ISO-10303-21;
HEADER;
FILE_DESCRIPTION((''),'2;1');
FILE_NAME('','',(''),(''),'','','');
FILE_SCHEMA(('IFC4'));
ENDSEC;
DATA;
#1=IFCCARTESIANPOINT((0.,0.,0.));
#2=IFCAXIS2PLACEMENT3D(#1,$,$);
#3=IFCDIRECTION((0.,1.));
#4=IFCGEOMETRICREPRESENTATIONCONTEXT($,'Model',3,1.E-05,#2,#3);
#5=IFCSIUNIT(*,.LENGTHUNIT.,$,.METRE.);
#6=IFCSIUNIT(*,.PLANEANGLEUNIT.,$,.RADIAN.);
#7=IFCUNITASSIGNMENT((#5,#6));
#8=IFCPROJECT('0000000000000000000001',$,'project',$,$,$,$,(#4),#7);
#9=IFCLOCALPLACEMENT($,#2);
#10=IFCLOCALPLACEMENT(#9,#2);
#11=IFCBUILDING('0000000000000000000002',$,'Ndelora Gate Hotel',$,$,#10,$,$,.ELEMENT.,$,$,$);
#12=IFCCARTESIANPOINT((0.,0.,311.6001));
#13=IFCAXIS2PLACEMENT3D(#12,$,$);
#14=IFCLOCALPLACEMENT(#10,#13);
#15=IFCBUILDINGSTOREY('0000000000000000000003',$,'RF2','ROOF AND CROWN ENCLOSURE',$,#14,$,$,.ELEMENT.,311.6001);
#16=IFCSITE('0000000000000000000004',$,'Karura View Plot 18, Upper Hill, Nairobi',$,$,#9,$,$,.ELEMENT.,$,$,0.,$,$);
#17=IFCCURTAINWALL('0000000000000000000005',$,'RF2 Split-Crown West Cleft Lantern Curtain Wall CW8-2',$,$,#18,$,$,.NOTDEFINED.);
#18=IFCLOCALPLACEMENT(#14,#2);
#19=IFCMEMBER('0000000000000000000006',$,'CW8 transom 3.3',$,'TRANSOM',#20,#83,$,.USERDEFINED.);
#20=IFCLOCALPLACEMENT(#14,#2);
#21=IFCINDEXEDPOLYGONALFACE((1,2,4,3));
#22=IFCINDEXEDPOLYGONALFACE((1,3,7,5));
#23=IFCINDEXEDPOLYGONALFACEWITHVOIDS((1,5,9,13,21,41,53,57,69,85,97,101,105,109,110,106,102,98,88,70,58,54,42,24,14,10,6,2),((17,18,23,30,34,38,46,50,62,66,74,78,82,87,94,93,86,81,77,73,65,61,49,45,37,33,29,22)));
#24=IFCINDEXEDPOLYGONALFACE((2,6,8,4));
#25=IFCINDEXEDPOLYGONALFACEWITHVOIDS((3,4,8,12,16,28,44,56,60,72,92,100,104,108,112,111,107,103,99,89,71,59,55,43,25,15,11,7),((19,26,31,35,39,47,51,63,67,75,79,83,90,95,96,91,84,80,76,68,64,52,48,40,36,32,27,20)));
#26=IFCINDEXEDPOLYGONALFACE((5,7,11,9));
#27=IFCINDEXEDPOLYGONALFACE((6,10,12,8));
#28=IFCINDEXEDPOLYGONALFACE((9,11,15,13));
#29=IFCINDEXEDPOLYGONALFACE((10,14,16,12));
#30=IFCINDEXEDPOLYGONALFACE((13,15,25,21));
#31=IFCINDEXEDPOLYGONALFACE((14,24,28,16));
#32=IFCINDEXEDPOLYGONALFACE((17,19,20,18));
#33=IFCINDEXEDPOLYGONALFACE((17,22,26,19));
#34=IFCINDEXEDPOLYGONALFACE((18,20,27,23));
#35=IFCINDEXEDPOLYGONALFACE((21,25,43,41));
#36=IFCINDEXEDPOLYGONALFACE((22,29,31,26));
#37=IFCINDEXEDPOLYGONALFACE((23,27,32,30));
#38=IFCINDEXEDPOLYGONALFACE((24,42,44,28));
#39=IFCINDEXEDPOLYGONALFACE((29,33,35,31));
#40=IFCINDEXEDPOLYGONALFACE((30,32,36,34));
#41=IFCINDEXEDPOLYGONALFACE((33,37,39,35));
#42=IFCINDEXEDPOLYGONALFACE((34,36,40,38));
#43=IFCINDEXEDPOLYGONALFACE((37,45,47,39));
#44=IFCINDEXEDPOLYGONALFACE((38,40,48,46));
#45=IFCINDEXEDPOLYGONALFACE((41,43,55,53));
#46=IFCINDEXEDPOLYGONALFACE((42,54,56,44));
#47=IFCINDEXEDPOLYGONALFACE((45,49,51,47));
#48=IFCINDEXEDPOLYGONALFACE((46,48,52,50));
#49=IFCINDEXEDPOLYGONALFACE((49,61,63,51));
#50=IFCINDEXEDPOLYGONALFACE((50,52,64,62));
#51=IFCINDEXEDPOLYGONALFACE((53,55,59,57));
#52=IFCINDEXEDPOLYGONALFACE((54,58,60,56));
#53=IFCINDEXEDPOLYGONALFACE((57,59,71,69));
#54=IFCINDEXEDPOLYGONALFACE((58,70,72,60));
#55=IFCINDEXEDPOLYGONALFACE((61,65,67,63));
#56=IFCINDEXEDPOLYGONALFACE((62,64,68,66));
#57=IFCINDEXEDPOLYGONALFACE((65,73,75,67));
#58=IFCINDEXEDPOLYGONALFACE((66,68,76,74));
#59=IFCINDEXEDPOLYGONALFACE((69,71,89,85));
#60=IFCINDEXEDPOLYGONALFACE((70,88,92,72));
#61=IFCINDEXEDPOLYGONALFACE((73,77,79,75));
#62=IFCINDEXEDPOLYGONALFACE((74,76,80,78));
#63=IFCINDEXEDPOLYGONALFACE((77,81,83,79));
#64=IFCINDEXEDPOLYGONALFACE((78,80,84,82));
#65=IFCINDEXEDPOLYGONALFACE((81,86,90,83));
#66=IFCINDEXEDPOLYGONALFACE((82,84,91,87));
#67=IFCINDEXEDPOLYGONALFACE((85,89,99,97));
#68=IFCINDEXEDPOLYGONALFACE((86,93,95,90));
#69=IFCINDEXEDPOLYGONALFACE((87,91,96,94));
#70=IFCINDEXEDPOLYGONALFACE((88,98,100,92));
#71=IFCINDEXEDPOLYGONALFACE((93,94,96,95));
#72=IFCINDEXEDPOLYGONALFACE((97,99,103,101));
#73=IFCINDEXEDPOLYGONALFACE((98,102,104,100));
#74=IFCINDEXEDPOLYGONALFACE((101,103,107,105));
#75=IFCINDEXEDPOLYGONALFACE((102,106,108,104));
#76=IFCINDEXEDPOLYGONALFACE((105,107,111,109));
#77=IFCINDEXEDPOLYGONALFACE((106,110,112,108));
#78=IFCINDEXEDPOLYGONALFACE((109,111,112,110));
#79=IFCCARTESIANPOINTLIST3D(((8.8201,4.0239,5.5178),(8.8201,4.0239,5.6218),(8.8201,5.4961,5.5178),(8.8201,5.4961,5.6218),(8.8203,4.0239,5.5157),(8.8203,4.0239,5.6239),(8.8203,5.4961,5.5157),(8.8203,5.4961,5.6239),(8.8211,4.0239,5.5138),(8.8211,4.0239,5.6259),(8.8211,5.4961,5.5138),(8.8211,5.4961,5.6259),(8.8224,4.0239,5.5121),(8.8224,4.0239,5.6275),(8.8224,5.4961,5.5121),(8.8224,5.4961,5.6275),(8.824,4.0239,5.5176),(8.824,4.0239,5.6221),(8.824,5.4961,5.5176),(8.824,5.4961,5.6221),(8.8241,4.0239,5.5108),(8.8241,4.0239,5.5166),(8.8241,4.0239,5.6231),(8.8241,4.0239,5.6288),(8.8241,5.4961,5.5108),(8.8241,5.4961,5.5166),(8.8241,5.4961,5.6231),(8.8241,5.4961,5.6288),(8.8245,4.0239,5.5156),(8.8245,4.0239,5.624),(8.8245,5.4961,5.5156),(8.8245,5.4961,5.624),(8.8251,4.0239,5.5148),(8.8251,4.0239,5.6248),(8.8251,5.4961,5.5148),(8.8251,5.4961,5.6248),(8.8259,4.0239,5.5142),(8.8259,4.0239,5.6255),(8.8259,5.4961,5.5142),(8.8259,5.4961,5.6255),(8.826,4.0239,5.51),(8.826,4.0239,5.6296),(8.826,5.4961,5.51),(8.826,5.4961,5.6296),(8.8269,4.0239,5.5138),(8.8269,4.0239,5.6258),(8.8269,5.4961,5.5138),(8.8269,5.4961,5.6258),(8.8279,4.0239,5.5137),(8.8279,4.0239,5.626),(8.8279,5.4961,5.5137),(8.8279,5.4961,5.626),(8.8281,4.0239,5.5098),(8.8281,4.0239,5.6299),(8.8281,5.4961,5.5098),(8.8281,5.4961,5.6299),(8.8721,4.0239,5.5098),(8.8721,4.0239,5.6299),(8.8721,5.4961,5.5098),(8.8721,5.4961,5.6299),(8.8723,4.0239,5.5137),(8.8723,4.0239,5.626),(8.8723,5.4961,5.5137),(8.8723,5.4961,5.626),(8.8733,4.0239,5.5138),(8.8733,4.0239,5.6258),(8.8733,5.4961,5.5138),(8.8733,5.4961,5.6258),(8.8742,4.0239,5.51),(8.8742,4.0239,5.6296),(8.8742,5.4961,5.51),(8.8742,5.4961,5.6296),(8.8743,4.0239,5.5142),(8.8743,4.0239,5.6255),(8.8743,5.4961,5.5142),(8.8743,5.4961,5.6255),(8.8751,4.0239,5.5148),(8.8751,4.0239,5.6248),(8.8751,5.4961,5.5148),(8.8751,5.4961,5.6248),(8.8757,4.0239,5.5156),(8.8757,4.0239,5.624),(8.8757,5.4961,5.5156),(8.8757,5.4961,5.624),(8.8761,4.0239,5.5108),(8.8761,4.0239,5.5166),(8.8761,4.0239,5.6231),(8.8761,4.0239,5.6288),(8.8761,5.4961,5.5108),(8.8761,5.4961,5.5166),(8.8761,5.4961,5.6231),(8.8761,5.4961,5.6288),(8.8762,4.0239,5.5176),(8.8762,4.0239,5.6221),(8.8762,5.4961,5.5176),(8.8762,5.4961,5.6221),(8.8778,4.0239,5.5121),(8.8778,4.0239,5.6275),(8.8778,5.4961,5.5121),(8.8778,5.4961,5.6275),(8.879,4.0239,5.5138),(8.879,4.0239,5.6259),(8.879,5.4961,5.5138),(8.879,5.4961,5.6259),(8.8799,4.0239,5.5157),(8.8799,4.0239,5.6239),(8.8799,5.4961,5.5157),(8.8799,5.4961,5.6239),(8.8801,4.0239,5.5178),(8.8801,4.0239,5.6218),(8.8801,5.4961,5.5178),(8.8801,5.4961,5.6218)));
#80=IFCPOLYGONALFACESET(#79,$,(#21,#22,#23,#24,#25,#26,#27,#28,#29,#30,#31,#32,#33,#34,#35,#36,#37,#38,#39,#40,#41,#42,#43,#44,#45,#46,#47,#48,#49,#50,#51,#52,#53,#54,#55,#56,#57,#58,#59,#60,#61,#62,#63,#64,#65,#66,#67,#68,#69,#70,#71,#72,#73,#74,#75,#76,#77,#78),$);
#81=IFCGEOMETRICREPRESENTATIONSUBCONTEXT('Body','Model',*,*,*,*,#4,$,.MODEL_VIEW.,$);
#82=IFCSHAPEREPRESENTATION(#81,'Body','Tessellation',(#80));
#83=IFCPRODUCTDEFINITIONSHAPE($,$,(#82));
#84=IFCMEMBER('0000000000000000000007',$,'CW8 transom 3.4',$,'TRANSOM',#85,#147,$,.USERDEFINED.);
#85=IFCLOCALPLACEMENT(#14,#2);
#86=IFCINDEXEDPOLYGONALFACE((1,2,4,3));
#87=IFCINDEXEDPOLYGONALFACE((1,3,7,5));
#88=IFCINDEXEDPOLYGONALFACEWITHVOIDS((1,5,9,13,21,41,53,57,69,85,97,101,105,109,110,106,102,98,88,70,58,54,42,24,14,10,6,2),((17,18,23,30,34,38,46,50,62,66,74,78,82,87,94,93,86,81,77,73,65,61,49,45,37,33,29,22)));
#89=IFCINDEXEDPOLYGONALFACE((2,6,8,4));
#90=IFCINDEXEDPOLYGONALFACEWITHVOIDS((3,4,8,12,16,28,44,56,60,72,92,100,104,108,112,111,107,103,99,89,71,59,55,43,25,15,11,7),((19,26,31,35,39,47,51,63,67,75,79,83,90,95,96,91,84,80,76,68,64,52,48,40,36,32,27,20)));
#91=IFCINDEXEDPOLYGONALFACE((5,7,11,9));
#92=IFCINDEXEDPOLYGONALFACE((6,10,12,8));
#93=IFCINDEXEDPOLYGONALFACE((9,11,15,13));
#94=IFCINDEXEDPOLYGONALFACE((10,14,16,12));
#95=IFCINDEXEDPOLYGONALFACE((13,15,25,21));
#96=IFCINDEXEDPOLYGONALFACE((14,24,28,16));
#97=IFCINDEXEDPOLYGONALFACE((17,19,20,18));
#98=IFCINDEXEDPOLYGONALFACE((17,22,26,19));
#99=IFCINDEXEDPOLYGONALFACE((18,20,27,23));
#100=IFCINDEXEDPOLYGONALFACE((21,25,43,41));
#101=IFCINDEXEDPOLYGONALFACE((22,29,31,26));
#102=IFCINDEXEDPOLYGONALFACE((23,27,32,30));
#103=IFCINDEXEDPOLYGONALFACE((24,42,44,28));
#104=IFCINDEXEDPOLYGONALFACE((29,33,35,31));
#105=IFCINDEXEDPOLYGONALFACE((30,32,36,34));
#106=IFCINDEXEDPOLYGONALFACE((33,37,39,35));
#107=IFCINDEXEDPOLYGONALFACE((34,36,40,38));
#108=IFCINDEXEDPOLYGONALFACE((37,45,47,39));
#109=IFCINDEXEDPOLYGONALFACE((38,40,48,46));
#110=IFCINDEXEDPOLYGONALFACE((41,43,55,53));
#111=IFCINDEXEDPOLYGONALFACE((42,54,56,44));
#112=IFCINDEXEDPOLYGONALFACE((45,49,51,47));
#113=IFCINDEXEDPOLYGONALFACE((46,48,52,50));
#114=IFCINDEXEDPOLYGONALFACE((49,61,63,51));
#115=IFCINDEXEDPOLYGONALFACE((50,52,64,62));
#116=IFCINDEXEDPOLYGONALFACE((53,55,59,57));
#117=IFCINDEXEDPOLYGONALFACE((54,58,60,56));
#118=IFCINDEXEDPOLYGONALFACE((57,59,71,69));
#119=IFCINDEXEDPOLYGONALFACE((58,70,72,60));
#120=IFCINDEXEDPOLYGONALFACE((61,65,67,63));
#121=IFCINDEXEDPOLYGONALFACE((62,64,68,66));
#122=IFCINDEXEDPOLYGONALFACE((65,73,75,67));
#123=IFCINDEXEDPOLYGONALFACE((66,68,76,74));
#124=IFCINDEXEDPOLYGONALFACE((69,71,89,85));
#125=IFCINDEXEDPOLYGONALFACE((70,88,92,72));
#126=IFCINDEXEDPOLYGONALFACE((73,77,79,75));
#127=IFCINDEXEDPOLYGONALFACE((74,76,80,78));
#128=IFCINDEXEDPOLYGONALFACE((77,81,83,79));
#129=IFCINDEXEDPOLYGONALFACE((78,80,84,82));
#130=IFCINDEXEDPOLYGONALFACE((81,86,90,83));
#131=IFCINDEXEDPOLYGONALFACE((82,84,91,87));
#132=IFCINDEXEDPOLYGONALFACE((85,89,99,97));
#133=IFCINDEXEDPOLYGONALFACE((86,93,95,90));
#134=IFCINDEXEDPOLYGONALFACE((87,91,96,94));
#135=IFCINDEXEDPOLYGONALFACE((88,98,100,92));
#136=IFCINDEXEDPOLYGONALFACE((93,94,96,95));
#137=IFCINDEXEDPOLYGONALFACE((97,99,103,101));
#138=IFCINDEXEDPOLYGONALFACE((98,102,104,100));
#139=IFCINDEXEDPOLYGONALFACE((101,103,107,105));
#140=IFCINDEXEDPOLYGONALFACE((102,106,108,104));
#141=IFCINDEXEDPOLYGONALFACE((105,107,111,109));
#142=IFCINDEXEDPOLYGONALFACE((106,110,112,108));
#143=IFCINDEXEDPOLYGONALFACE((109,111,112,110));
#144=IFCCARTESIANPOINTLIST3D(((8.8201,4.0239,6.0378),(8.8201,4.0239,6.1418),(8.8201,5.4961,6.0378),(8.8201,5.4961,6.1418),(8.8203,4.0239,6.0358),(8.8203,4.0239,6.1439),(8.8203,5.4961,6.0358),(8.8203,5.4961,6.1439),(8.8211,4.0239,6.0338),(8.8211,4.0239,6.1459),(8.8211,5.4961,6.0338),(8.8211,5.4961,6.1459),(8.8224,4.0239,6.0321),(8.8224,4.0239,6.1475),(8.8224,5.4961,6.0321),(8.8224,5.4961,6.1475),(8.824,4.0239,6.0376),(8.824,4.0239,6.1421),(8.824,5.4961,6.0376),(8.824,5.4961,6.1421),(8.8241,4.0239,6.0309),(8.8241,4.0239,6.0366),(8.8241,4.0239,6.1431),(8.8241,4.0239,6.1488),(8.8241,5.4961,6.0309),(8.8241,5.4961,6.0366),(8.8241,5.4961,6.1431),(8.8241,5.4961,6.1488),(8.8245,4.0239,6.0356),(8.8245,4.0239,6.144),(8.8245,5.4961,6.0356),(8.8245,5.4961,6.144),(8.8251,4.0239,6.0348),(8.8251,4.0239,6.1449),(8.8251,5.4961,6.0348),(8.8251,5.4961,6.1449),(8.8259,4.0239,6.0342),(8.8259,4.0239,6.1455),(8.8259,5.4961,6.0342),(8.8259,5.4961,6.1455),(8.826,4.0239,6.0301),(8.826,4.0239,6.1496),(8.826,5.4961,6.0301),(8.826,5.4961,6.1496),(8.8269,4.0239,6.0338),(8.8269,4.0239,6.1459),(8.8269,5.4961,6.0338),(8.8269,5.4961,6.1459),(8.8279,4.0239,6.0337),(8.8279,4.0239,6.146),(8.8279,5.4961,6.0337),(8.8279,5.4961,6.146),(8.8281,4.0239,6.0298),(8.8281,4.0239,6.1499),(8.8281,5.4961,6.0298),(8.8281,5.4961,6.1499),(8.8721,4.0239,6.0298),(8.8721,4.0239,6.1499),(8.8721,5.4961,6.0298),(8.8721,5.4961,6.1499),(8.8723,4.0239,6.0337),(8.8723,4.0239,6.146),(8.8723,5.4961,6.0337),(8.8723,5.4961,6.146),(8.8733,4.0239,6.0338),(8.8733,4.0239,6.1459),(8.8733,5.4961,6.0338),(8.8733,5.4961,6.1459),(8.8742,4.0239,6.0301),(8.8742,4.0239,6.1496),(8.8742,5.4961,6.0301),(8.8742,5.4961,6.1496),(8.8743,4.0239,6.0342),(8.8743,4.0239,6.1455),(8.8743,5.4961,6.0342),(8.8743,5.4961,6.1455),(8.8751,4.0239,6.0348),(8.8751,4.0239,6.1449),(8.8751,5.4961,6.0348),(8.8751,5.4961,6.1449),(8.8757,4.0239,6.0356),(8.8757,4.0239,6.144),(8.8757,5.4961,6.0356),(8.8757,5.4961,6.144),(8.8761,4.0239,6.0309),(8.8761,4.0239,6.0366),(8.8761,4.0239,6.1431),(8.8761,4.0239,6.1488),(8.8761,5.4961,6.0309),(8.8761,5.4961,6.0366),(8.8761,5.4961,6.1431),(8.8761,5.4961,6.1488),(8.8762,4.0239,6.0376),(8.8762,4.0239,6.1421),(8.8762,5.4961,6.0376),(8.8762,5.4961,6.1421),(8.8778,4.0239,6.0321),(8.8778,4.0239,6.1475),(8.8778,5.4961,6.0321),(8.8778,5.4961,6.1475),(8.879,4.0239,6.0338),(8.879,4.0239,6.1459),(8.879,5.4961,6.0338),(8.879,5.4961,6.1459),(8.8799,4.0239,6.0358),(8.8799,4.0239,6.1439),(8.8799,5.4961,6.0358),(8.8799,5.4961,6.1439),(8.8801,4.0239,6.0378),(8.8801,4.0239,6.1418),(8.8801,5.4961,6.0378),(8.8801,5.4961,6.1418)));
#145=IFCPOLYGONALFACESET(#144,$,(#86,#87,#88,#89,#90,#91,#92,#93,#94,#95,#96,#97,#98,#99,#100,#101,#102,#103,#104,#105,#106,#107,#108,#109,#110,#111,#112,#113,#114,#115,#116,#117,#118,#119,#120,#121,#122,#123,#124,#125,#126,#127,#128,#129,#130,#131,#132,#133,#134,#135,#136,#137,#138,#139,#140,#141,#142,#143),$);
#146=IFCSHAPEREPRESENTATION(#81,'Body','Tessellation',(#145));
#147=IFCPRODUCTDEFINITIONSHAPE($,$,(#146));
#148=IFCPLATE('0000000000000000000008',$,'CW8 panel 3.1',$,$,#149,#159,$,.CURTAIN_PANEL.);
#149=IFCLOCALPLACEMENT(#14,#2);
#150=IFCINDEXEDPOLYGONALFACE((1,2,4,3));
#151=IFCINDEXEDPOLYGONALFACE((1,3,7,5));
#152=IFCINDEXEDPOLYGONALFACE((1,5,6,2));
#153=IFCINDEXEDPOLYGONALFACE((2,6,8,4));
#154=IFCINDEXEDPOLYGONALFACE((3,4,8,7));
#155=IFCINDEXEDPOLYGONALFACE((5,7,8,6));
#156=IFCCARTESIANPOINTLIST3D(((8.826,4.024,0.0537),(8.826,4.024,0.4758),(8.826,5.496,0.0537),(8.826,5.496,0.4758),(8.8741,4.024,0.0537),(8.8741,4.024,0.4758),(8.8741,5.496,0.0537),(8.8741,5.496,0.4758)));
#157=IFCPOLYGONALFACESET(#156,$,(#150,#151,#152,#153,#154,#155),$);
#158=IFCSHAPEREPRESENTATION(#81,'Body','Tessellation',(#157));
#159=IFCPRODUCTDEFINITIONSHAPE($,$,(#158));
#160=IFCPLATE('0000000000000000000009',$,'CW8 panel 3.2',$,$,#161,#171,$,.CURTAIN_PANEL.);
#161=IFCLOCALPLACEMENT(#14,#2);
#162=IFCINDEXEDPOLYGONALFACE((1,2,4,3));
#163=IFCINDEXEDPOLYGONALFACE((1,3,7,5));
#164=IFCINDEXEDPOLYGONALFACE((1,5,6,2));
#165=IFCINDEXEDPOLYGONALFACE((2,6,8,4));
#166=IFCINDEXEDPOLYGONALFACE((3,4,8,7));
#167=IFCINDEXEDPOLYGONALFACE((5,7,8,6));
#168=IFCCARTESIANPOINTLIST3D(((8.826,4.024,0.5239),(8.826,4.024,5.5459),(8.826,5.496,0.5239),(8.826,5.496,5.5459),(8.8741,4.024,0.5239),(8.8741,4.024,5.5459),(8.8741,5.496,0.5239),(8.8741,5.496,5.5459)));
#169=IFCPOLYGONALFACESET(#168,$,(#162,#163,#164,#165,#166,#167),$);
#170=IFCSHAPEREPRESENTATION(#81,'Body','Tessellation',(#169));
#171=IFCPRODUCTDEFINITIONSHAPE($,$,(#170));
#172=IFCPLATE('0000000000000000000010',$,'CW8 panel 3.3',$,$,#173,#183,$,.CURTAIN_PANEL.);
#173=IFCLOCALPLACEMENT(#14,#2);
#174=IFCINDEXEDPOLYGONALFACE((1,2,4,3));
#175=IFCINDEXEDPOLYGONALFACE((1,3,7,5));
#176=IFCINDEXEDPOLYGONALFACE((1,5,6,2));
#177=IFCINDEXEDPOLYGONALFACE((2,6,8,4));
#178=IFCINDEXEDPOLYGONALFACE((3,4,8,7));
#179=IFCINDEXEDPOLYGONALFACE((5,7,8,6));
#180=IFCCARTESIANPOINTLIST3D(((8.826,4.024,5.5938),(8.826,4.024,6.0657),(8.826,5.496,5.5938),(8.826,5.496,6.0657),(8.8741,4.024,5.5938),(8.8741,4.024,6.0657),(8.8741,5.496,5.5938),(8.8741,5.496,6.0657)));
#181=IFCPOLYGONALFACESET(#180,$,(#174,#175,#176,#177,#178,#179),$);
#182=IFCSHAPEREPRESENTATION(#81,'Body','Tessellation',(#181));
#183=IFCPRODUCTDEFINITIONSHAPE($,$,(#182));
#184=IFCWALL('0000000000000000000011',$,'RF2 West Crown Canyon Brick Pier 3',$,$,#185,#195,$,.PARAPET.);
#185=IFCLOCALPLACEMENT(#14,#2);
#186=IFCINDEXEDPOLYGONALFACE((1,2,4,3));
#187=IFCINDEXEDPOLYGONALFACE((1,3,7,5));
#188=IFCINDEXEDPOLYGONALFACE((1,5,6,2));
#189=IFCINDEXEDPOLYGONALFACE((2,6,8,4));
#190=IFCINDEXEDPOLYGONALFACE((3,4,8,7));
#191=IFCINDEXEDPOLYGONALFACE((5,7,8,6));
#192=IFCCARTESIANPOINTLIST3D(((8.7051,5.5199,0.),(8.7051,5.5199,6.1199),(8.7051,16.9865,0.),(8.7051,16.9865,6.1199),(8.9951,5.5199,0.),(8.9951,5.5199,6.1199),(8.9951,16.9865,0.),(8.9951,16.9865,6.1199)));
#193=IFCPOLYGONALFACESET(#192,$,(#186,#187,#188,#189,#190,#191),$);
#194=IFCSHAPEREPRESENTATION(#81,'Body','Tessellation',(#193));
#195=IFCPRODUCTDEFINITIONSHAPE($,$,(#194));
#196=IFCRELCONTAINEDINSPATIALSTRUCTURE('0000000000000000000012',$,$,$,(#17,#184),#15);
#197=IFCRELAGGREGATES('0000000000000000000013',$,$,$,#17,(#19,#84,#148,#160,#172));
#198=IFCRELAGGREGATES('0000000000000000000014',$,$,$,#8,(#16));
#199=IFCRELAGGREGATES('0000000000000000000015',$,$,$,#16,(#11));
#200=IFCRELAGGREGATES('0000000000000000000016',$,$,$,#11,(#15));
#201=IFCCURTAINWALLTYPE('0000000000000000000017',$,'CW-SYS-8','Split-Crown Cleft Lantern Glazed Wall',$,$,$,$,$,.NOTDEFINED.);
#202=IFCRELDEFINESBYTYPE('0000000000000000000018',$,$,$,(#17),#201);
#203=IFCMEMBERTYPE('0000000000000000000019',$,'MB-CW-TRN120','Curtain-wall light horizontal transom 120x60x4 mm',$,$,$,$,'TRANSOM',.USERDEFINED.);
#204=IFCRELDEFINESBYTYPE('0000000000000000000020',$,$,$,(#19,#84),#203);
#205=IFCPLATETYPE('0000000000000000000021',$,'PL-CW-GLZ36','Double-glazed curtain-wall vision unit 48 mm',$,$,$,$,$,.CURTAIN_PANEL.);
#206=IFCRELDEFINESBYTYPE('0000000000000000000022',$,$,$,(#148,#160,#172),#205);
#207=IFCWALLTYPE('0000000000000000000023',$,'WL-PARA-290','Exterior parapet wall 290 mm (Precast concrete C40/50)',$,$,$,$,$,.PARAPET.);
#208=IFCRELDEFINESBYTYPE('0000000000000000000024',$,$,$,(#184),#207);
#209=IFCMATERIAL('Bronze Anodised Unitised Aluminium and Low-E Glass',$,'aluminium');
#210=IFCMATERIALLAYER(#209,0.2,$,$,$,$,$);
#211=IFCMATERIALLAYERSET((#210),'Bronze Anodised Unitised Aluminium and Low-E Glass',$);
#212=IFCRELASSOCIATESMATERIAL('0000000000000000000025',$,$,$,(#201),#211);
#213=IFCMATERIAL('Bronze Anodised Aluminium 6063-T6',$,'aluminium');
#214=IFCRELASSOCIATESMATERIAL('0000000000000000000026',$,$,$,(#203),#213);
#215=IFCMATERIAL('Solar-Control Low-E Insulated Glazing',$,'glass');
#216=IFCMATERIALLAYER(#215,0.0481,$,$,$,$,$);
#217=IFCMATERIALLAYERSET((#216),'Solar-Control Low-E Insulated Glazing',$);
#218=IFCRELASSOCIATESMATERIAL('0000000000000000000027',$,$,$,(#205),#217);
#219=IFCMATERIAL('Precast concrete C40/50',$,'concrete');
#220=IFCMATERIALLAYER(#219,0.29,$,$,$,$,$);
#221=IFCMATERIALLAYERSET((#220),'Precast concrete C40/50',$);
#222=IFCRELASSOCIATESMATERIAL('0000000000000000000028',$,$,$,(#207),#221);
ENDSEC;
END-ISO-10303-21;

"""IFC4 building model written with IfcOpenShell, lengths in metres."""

from ifc_helpers import new_model, si_unit, direction, frame, frame_2d, origin, origin_2d, place, context, subcontext, project, spatial, rectangle, hollow_rectangle, extrude, material, layer, layer_set, material_profile, profile_set, type_object, element, aggregate, save


model = new_model("IFC4")

# Units and contexts
model_context = context("Model", 3, precision=1e-05, world=origin(), true_north=direction((0.0, 1.0)))
body_context = subcontext(model_context, "Body", "Model", "MODEL_VIEW")
ifc_project = project(units=[si_unit("LENGTHUNIT", "METRE"), si_unit("PLANEANGLEUNIT", "RADIAN")], contexts=[model_context])

# Site, building, storey
site_placement = place(None, origin())
site = spatial("IfcSite", under=ifc_project, at=site_placement, Name="Karura View Plot 18, Upper Hill, Nairobi", CompositionType="ELEMENT", RefElevation=0.0)
building_placement = place(site_placement, origin())
building = spatial("IfcBuilding", under=site, at=building_placement, Name="Ndelora Gate Hotel", CompositionType="ELEMENT")
storey_placement = place(building_placement, frame((0.0, 0.0, 311.6001)))
storey = spatial("IfcBuildingStorey", under=building, at=storey_placement, Name="RF2", Description="ROOF AND CROWN ENCLOSURE", CompositionType="ELEMENT", Elevation=311.6001)

# Curtain wall, members, plates
ifc_material_1 = material(Name="Bronze Anodised Unitised Aluminium and Low-E Glass", Category="aluminium")
ifc_layer_1 = layer(ifc_material_1, 0.2)
ifc_layer_set_1 = layer_set([ifc_layer_1], Name="Bronze Anodised Unitised Aluminium and Low-E Glass")
curtain_wall_type = type_object("IfcCurtainWallType", Name="CW-SYS-8", Description="Split-Crown Cleft Lantern Glazed Wall", PredefinedType="NOTDEFINED", material=ifc_layer_set_1)
curtain_wall_placement = place(storey_placement, origin())
curtain_wall = element("IfcCurtainWall", 1, at=curtain_wall_placement, inside=storey, type_object=curtain_wall_type, Name="RF2 Split-Crown West Cleft Lantern Curtain Wall CW8-2", PredefinedType="NOTDEFINED")
ifc_material_2 = material(Name="Bronze Anodised Aluminium 6063-T6", Category="aluminium")
ifc_material_profile_1 = material_profile(ifc_material_2, hollow_rectangle(XDim=0.0601, YDim=0.1201, WallThickness=0.0039, InnerFilletRadius=0.0039, OuterFilletRadius=0.0081, at=origin_2d()), Name="ALU 120x60x4")
ifc_profile_set_1 = profile_set([ifc_material_profile_1], Name="Bronze Anodised Aluminium 6063-T6")
member_type_1 = type_object("IfcMemberType", Name="MB-CW-TRN120", Description="Curtain-wall light horizontal transom 120x60x4 mm", ElementType="TRANSOM", PredefinedType="USERDEFINED", material=ifc_profile_set_1)
member_1_placement = place(storey_placement, frame((8.8501, 4.0239, 5.5698), z_axis=(0.0, 1.0, 0.0), x_axis=(-1.0, 0.0, 0.0)))
member_1 = element("IfcMember", 2, at=member_1_placement, type_object=member_type_1, Name="CW8 transom 3.3", ObjectType="TRANSOM", PredefinedType="USERDEFINED", context=body_context, shape_type="SweptSolid", body=[
    extrude(hollow_rectangle(XDim=0.0601, YDim=0.1201, WallThickness=0.0039, InnerFilletRadius=0.0039, OuterFilletRadius=0.0081, at=origin_2d()), origin(), (0.0, 0.0, 1.0), 1.4722),
])
member_2_placement = place(storey_placement, frame((8.8501, 4.0239, 6.0898), z_axis=(0.0, 1.0, 0.0), x_axis=(-1.0, 0.0, 0.0)))
member_2 = element("IfcMember", 3, at=member_2_placement, type_object=member_type_1, Name="CW8 transom 3.4", ObjectType="TRANSOM", PredefinedType="USERDEFINED", context=body_context, shape_type="SweptSolid", body=[
    extrude(hollow_rectangle(XDim=0.0601, YDim=0.1201, WallThickness=0.0039, InnerFilletRadius=0.0039, OuterFilletRadius=0.0081, at=origin_2d()), origin(), (0.0, 0.0, 1.0), 1.4722),
])
ifc_material_3 = material(Name="Solar-Control Low-E Insulated Glazing", Category="glass")
ifc_layer_2 = layer(ifc_material_3, 0.0481)
ifc_layer_set_2 = layer_set([ifc_layer_2], Name="Solar-Control Low-E Insulated Glazing")
plate_type = type_object("IfcPlateType", Name="PL-CW-GLZ36", Description="Double-glazed curtain-wall vision unit 48 mm", PredefinedType="CURTAIN_PANEL", material=ifc_layer_set_2)
plate_1_placement = place(storey_placement, frame((8.8501, 4.76, 0.0537), z_axis=(0.0, 0.0, 1.0), x_axis=(0.0, 1.0, 0.0)))
plate_1 = element("IfcPlate", 4, at=plate_1_placement, type_object=plate_type, Name="CW8 panel 3.1", PredefinedType="CURTAIN_PANEL", context=body_context, shape_type="SweptSolid", body=[
    extrude(rectangle(XDim=1.4719, YDim=0.0481, at=origin_2d()), origin(), (0.0, 0.0, 1.0), 0.4221),
])
plate_2_placement = place(storey_placement, frame((8.8501, 4.76, 0.5239), z_axis=(0.0, 0.0, 1.0), x_axis=(0.0, 1.0, 0.0)))
plate_2 = element("IfcPlate", 5, at=plate_2_placement, type_object=plate_type, Name="CW8 panel 3.2", PredefinedType="CURTAIN_PANEL", context=body_context, shape_type="SweptSolid", body=[
    extrude(rectangle(XDim=1.4719, YDim=0.0481, at=origin_2d()), origin(), (0.0, 0.0, 1.0), 5.022),
])
plate_3_placement = place(storey_placement, frame((8.8501, 4.76, 5.5938), z_axis=(0.0, 0.0, 1.0), x_axis=(0.0, 1.0, 0.0)))
plate_3 = element("IfcPlate", 6, at=plate_3_placement, type_object=plate_type, Name="CW8 panel 3.3", PredefinedType="CURTAIN_PANEL", context=body_context, shape_type="SweptSolid", body=[
    extrude(rectangle(XDim=1.4719, YDim=0.0481, at=origin_2d()), origin(), (0.0, 0.0, 1.0), 0.4719),
])
aggregate(curtain_wall, [member_1, member_2, plate_1, plate_2, plate_3])

# Wall
ifc_material_4 = material(Name="Precast concrete C40/50", Category="concrete")
ifc_layer_3 = layer(ifc_material_4, 0.29)
ifc_layer_set_3 = layer_set([ifc_layer_3], Name="Precast concrete C40/50")
wall_type = type_object("IfcWallType", Name="WL-PARA-290", Description="Exterior parapet wall 290 mm (Precast concrete C40/50)", PredefinedType="PARAPET", material=ifc_layer_set_3)
wall_1_placement = place(storey_placement, frame((8.8501, 16.9866, 0.0), z_axis=(0.0, 0.0, 1.0), x_axis=(0.0, -1.0, 0.0)))
element("IfcWall", 7, at=wall_1_placement, inside=storey, type_object=wall_type, Name="RF2 West Crown Canyon Brick Pier 3", PredefinedType="PARAPET", context=body_context, shape_type="SweptSolid", body=[
    extrude(rectangle(XDim=11.4666, YDim=0.29, at=frame_2d((5.7334, 0.0))), origin(), (0.0, 0.0, 1.0), 6.1199),
])

save(model, "model.ifc")
